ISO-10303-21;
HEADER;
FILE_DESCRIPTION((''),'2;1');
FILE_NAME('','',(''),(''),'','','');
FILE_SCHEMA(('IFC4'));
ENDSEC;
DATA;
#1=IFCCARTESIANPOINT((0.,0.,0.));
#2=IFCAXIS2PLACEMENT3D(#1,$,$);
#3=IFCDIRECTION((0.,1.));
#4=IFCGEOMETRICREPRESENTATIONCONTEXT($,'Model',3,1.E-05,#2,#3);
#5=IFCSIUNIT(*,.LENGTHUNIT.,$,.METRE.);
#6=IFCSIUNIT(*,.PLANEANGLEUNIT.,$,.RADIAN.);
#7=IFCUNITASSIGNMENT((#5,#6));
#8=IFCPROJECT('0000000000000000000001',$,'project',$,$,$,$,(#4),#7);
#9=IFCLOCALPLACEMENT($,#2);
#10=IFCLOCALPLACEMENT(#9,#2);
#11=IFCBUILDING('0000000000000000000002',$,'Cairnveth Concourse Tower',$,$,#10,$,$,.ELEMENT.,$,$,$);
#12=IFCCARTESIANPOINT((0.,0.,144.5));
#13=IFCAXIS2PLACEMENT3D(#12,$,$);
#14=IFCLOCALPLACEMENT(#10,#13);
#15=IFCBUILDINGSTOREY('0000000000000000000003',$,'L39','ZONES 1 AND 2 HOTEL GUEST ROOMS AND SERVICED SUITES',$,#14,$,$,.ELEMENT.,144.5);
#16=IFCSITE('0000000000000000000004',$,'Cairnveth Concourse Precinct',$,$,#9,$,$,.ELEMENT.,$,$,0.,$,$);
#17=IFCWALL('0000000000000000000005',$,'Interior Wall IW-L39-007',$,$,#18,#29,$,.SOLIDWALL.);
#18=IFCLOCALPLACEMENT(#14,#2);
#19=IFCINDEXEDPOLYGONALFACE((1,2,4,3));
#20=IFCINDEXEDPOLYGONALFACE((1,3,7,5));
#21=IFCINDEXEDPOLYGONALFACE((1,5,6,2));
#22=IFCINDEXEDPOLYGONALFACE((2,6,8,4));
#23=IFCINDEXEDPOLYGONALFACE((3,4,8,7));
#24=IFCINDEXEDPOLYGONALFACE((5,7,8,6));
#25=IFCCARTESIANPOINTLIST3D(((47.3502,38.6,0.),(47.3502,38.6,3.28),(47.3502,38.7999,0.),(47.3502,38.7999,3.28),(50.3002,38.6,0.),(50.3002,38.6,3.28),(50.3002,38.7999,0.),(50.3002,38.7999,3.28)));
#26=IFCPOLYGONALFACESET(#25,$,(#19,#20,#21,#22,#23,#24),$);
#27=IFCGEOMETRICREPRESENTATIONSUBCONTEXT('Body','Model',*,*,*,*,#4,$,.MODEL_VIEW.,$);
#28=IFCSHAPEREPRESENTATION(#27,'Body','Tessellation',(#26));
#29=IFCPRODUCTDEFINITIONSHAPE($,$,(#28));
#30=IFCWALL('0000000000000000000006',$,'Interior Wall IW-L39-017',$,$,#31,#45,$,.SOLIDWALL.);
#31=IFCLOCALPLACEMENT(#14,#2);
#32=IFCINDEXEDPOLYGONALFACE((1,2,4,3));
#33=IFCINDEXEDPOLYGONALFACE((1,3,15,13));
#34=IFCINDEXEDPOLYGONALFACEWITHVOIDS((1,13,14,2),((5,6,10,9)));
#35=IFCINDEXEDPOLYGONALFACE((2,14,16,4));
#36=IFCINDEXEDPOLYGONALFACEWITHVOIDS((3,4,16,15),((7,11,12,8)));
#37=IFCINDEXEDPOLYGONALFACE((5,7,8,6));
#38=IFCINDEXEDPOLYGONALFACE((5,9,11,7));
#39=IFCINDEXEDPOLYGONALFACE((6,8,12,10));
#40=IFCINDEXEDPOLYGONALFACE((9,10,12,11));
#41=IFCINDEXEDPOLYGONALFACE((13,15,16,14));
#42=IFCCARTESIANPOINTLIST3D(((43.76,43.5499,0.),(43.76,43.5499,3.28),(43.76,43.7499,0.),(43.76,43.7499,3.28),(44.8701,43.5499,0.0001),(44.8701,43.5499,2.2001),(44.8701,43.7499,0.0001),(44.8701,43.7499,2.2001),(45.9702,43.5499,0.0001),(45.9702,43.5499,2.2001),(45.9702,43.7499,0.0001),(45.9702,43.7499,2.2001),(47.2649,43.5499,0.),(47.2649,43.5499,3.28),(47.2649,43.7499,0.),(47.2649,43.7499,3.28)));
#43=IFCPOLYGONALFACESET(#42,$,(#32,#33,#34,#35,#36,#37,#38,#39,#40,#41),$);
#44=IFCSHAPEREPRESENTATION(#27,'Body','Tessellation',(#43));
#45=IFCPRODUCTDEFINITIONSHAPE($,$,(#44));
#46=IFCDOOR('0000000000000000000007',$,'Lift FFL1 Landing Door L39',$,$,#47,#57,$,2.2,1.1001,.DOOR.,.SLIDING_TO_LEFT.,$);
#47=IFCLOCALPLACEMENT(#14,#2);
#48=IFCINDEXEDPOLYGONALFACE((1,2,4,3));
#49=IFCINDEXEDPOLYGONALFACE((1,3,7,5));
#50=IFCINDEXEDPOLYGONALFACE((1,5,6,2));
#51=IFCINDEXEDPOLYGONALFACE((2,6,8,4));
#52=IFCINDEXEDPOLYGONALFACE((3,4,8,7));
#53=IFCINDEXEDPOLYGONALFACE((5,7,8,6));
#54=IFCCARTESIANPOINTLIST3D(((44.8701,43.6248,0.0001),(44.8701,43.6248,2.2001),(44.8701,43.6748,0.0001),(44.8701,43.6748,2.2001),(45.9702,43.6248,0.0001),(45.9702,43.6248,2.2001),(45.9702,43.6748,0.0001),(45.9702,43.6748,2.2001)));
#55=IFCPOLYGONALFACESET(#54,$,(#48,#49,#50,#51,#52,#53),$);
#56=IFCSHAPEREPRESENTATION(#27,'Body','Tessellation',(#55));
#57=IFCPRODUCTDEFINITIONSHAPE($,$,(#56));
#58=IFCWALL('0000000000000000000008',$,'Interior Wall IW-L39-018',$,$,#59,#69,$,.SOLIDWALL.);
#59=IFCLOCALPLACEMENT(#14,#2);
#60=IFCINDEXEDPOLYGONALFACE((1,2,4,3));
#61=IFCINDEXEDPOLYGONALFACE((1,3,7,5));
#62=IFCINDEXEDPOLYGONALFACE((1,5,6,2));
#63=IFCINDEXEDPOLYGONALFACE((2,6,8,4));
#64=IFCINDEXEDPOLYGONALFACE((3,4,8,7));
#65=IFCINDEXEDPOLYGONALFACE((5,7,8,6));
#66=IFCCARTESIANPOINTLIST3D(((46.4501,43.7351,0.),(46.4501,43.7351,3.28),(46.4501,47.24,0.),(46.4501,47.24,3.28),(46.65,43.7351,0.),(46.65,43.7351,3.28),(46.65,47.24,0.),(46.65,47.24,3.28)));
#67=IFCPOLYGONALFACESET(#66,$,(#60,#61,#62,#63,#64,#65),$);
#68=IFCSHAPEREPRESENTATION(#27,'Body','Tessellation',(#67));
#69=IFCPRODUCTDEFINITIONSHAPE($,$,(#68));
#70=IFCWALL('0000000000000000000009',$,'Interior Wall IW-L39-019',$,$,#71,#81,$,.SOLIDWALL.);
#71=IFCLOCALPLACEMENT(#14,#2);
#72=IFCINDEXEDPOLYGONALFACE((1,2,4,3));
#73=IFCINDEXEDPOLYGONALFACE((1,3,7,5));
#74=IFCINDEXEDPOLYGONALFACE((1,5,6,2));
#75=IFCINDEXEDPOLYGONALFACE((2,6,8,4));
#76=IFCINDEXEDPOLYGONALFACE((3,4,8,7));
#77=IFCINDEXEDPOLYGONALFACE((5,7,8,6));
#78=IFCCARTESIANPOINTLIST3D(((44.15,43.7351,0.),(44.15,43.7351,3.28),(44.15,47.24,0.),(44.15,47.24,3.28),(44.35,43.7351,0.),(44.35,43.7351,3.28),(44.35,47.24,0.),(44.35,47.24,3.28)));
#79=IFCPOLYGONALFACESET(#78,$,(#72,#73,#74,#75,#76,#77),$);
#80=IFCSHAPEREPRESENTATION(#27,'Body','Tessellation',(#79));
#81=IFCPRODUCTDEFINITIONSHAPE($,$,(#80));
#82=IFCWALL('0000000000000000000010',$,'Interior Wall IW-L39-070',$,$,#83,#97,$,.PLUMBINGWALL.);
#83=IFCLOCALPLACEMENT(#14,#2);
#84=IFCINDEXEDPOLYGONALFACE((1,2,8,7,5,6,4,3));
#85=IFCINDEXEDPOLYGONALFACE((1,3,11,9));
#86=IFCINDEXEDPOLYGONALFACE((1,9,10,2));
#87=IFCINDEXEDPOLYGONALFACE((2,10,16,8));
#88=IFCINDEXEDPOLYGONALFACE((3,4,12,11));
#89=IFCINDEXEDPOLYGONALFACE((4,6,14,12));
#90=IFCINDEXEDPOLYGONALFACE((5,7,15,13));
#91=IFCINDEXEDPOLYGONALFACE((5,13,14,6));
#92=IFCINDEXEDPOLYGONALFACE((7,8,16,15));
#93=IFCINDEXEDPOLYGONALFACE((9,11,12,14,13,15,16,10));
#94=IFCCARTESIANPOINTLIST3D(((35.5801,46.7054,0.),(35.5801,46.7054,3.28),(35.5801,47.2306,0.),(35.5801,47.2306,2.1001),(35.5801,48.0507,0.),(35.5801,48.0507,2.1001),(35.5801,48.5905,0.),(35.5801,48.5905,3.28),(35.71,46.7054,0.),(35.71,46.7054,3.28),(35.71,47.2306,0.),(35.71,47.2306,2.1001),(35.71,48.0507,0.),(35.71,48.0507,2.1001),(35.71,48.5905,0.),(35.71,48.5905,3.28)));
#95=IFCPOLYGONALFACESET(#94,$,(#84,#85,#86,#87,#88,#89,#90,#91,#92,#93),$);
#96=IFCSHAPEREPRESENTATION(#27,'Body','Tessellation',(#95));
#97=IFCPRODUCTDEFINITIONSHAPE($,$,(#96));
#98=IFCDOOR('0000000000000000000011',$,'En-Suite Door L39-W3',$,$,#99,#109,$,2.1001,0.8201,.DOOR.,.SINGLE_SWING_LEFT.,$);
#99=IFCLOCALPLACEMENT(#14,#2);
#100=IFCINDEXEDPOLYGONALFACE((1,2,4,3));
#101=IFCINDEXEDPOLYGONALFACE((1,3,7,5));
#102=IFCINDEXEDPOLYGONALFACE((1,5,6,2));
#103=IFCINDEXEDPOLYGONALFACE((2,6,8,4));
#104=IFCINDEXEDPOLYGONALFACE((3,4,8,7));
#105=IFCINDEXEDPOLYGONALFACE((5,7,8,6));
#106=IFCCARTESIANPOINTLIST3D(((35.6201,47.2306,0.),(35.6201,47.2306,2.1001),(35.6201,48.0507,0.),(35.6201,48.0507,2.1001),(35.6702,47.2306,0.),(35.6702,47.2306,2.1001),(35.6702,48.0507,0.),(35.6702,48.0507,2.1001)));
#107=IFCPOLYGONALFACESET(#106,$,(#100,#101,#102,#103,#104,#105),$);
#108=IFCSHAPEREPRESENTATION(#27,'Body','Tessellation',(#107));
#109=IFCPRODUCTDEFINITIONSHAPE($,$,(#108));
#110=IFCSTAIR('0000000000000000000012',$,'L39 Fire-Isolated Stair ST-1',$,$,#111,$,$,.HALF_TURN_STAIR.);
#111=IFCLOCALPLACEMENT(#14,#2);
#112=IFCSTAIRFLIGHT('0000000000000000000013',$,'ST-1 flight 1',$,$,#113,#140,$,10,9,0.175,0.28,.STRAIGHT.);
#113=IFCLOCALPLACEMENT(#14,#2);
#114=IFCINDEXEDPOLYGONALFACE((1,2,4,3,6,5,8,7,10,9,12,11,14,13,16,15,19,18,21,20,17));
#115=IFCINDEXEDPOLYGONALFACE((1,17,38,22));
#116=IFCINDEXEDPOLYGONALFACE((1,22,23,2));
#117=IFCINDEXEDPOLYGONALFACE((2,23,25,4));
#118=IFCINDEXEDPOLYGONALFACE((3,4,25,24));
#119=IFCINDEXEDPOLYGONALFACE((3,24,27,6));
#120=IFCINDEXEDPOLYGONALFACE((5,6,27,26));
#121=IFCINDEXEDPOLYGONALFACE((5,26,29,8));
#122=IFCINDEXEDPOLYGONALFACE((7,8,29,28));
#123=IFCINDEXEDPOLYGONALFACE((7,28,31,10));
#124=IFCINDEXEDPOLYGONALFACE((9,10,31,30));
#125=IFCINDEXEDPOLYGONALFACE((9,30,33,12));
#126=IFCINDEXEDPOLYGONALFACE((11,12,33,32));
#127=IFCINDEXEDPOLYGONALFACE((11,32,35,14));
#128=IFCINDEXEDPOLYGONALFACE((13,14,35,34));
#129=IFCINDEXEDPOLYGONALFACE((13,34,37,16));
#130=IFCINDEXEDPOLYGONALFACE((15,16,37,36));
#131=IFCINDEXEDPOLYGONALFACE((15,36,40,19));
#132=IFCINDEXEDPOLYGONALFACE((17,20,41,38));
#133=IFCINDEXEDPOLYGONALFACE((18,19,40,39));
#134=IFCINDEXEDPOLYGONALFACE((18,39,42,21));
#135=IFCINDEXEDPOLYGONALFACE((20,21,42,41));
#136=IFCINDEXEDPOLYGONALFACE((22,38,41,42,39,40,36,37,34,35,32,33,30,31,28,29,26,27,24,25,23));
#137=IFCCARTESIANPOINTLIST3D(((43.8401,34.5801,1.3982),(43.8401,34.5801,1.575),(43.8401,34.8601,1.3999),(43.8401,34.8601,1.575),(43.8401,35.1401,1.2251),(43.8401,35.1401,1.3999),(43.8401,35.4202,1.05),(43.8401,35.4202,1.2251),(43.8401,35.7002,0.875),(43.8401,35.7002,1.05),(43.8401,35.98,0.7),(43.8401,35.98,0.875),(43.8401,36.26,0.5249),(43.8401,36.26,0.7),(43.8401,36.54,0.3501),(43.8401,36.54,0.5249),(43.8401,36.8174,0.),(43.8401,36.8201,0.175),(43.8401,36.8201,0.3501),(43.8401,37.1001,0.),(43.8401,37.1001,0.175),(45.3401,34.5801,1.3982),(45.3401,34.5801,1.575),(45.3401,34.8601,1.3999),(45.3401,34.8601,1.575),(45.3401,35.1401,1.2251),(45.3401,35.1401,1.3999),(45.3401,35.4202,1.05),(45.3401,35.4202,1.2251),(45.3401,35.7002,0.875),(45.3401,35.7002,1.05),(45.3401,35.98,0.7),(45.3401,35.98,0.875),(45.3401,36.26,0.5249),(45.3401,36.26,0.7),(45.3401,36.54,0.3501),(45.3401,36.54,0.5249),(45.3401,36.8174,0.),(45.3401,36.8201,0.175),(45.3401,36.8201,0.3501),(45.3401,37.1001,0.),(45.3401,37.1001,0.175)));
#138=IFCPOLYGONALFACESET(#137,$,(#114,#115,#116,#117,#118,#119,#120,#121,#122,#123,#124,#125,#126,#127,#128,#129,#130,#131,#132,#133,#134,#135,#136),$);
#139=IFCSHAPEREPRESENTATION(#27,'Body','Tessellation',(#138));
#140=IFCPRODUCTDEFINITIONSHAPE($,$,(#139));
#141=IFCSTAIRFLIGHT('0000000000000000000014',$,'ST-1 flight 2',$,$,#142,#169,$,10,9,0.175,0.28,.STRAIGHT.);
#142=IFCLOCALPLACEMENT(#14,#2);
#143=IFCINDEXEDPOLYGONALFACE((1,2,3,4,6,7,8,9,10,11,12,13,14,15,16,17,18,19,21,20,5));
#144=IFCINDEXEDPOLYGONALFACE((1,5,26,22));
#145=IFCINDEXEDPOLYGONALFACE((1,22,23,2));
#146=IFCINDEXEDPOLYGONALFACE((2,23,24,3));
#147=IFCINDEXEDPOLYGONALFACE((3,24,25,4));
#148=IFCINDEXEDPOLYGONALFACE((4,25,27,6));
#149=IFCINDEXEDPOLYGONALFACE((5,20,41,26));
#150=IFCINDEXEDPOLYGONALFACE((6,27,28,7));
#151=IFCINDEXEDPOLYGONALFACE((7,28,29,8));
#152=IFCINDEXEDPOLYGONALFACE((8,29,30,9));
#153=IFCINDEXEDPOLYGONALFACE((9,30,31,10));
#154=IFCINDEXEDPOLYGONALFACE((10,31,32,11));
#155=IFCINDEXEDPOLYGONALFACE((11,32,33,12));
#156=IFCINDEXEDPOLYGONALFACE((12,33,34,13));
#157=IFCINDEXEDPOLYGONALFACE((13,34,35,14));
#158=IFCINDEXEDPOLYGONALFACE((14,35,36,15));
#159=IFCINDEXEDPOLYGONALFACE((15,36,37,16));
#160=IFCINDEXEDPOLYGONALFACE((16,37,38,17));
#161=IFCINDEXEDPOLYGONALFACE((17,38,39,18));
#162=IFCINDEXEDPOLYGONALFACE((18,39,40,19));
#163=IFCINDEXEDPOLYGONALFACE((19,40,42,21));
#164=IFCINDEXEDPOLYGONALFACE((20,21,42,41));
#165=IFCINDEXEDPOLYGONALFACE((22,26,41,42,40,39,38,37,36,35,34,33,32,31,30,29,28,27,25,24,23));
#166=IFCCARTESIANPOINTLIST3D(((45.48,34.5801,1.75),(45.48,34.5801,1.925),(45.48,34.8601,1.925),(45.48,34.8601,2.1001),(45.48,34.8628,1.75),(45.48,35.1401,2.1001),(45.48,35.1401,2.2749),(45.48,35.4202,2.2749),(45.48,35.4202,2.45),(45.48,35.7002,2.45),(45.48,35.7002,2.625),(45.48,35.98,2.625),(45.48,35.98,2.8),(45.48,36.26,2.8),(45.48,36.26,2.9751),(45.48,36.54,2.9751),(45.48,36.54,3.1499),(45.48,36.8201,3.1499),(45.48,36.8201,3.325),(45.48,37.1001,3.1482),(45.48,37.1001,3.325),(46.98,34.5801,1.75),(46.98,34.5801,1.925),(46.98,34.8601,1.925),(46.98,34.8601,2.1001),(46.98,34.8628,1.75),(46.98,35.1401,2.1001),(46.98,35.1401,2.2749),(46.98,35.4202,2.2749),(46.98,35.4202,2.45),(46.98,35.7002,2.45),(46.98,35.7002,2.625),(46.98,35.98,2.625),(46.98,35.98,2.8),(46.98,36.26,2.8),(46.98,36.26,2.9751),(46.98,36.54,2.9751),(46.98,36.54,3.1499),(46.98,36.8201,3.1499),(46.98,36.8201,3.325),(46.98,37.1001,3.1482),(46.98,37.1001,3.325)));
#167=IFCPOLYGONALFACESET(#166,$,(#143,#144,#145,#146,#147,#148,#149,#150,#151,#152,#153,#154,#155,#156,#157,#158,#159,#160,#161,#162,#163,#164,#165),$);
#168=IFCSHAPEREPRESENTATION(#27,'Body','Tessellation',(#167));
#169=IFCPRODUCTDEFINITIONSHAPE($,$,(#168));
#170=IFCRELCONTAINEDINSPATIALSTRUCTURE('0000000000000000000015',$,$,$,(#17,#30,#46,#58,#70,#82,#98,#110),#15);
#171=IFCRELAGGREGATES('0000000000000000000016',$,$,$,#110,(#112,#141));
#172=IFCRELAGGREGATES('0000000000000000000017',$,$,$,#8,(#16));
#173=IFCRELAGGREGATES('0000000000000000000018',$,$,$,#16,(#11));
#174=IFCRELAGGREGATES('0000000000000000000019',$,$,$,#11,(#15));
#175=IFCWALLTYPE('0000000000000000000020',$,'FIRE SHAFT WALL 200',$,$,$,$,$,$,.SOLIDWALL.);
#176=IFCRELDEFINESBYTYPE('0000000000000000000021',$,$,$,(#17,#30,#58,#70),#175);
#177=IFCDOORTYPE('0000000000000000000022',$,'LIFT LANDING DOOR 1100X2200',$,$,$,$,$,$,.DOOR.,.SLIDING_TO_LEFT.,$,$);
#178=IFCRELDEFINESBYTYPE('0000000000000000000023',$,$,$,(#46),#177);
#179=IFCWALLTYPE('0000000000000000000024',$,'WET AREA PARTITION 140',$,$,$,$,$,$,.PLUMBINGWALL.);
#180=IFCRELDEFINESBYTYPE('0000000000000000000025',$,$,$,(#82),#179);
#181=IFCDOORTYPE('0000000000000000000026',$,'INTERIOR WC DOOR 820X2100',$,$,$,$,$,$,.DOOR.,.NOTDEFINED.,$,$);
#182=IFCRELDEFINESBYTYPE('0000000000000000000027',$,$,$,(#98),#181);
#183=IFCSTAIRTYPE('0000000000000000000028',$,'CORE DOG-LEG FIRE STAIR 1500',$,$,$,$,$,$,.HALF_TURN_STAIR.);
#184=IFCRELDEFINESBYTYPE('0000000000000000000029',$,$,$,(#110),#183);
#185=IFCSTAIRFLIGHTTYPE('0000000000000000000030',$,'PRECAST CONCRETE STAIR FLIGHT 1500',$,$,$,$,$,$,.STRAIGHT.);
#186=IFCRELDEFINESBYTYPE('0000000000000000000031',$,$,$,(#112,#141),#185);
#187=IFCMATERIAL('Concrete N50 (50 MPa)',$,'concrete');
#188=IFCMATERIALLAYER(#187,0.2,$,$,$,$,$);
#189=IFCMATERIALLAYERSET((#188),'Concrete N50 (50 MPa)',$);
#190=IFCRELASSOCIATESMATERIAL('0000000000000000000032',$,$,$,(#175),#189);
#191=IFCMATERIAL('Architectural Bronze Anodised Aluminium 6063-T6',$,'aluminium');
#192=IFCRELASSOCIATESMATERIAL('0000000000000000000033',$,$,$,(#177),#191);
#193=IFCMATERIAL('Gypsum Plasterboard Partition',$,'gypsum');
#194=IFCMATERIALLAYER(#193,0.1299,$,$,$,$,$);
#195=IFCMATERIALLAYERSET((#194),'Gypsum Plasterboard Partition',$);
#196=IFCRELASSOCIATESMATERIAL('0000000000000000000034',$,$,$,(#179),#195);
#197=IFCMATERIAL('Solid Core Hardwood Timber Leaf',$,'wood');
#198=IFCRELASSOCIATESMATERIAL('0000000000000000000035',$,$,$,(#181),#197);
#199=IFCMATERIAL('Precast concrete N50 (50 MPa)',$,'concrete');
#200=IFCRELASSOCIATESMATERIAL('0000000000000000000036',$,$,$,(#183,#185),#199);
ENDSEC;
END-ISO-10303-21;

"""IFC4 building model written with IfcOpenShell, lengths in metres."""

from ifc_helpers import new_model, si_unit, direction, frame, frame_2d, origin, place, context, subcontext, project, spatial, polyline, rectangle, outline, extrude, material, layer, layer_set, type_object, element, fill, aggregate, save


model = new_model("IFC4")

# Units and contexts
model_context = context("Model", 3, precision=1e-05, world=origin(), true_north=direction((0.0, 1.0)))
body_context = subcontext(model_context, "Body", "Model", "MODEL_VIEW")
ifc_project = project(units=[si_unit("LENGTHUNIT", "METRE"), si_unit("PLANEANGLEUNIT", "RADIAN")], contexts=[model_context])

# Site, building, storey
site_placement = place(None, origin())
site = spatial("IfcSite", under=ifc_project, at=site_placement, Name="Cairnveth Concourse Precinct", CompositionType="ELEMENT", RefElevation=0.0)
building_placement = place(site_placement, origin())
building = spatial("IfcBuilding", under=site, at=building_placement, Name="Cairnveth Concourse Tower", CompositionType="ELEMENT")
storey_placement = place(building_placement, frame((0.0, 0.0, 144.5)))
storey = spatial("IfcBuildingStorey", under=building, at=storey_placement, Name="L39", Description="ZONES 1 AND 2 HOTEL GUEST ROOMS AND SERVICED SUITES", CompositionType="ELEMENT", Elevation=144.5)

# Shared definitions
ifc_material_1 = material(Name="Gypsum Plasterboard Partition", Category="gypsum")

# Shared definitions
ifc_material_2 = material(Name="Concrete N50 (50 MPa)", Category="concrete")

# Wall
ifc_layer_1 = layer(ifc_material_2, 0.2)
ifc_layer_set_1 = layer_set([ifc_layer_1], Name="Concrete N50 (50 MPa)")
wall_type_1 = type_object("IfcWallType", Name="FIRE SHAFT WALL 200", PredefinedType="SOLIDWALL", material=ifc_layer_set_1)
wall_1_placement = place(storey_placement, frame((47.3501, 38.7, 0.0), z_axis=(0.0, 0.0, 1.0), x_axis=(1.0, 0.0, 0.0)))
element("IfcWall", 1, at=wall_1_placement, inside=storey, type_object=wall_type_1, Name="Interior Wall IW-L39-007", PredefinedType="SOLIDWALL", context=body_context, shape_type="SweptSolid", body=[
    extrude(rectangle(XDim=2.95, YDim=0.2, at=frame_2d((1.4751, 0.0))), origin(), (0.0, 0.0, 1.0), 3.28),
])

# Wall, opening, door
wall_2_placement = place(storey_placement, frame((43.76, 43.6499, 0.0), z_axis=(0.0, 0.0, 1.0), x_axis=(1.0, 0.0, 0.0)))
wall_2 = element("IfcWall", 2, at=wall_2_placement, inside=storey, type_object=wall_type_1, Name="Interior Wall IW-L39-017", PredefinedType="SOLIDWALL", context=body_context, shape_type="SweptSolid", body=[
    extrude(rectangle(XDim=3.5049, YDim=0.2, at=frame_2d((1.7524, 0.0))), origin(), (0.0, 0.0, 1.0), 3.28),
])
opening_1_placement = place(wall_2_placement, frame((1.1101, 0.0, 0.0)))
opening_1 = element("IfcOpeningElement", 3, at=opening_1_placement, cuts=wall_2, PredefinedType="OPENING", context=body_context, shape_type="SweptSolid", body=[
    extrude(rectangle(XDim=1.1001, YDim=2.2, at=frame_2d((0.55, 1.1001))), frame((0.0, 0.1099, 0.0), z_axis=(0.0, -1.0, 0.0), x_axis=(1.0, 0.0, 0.0)), (0.0, 0.0, 1.0), 0.22),
])
ifc_material_3 = material(Name="Architectural Bronze Anodised Aluminium 6063-T6", Category="aluminium")
door_type_1 = type_object("IfcDoorType", Name="LIFT LANDING DOOR 1100X2200", OperationType="SLIDING_TO_LEFT", PredefinedType="DOOR", material=ifc_material_3)
door_1_placement = place(opening_1_placement, origin())
door_1 = element("IfcDoor", 4, at=door_1_placement, inside=storey, type_object=door_type_1, Name="Lift FFL1 Landing Door L39", OperationType="SLIDING_TO_LEFT", OverallHeight=2.2, OverallWidth=1.1001, PredefinedType="DOOR", context=body_context, shape_type="SweptSolid", body=[
    extrude(rectangle(XDim=1.1001, YDim=2.2, at=frame_2d((0.55, 1.1001))), frame((0.0, 0.0249, 0.0), z_axis=(0.0, -1.0, 0.0), x_axis=(1.0, 0.0, 0.0)), (0.0, 0.0, 1.0), 0.05),
])
fill(opening_1, door_1)

# Walls
for number, where, z_axis, x_axis, name in (
    (5, (46.55, 43.7351, 0.0), (0.0, 0.0, 1.0), (0.0, 1.0, 0.0), "Interior Wall IW-L39-018"),
    (6, (44.25, 43.7351, 0.0), (0.0, 0.0, 1.0), (0.0, 1.0, 0.0), "Interior Wall IW-L39-019"),
):
    element("IfcWall", number, at=place(storey_placement, frame(where, z_axis=z_axis, x_axis=x_axis)), inside=storey, type_object=wall_type_1, Name=name, PredefinedType="SOLIDWALL", context=body_context, shape_type="SweptSolid", body=[
        extrude(rectangle(XDim=3.5049, YDim=0.2, at=frame_2d((1.7524, 0.0))), origin(), (0.0, 0.0, 1.0), 3.28),
    ])

# Wall, opening, door
ifc_layer_2 = layer(ifc_material_1, 0.1299)
ifc_layer_set_2 = layer_set([ifc_layer_2], Name="Gypsum Plasterboard Partition")
wall_type_2 = type_object("IfcWallType", Name="WET AREA PARTITION 140", PredefinedType="PLUMBINGWALL", material=ifc_layer_set_2)
wall_3_placement = place(storey_placement, frame((35.645, 46.7056, 0.0), z_axis=(0.0, 0.0, 1.0), x_axis=(0.0, 1.0, 0.0)))
wall_3 = element("IfcWall", 7, at=wall_3_placement, inside=storey, type_object=wall_type_2, Name="Interior Wall IW-L39-070", PredefinedType="PLUMBINGWALL", context=body_context, shape_type="SweptSolid", body=[
    extrude(rectangle(XDim=1.885, YDim=0.1299, at=frame_2d((0.9424, 0.0))), origin(), (0.0, 0.0, 1.0), 3.28),
])
opening_2_placement = place(wall_3_placement, frame((0.5249, 0.0, 0.0)))
opening_2 = element("IfcOpeningElement", 8, at=opening_2_placement, cuts=wall_3, PredefinedType="OPENING", context=body_context, shape_type="SweptSolid", body=[
    extrude(rectangle(XDim=0.8201, YDim=2.1001, at=frame_2d((0.4102, 1.05))), frame((0.0, 0.075, 0.0), z_axis=(0.0, -1.0, 0.0), x_axis=(1.0, 0.0, 0.0)), (0.0, 0.0, 1.0), 0.1499),
])
ifc_material_4 = material(Name="Solid Core Hardwood Timber Leaf", Category="wood")
door_type_2 = type_object("IfcDoorType", Name="INTERIOR WC DOOR 820X2100", OperationType="NOTDEFINED", PredefinedType="DOOR", material=ifc_material_4)
door_2_placement = place(opening_2_placement, origin())
door_2 = element("IfcDoor", 9, at=door_2_placement, inside=storey, type_object=door_type_2, Name="En-Suite Door L39-W3", OperationType="SINGLE_SWING_LEFT", OverallHeight=2.1001, OverallWidth=0.8201, PredefinedType="DOOR", context=body_context, shape_type="SweptSolid", body=[
    extrude(rectangle(XDim=0.8201, YDim=2.1001, at=frame_2d((0.4102, 1.05))), frame((0.0, 0.0249, 0.0), z_axis=(0.0, -1.0, 0.0), x_axis=(1.0, 0.0, 0.0)), (0.0, 0.0, 1.0), 0.05),
])
fill(opening_2, door_2)

# Stair, stair flights
ifc_material_5 = material(Name="Precast concrete N50 (50 MPa)", Category="concrete")
stair_type = type_object("IfcStairType", Name="CORE DOG-LEG FIRE STAIR 1500", PredefinedType="HALF_TURN_STAIR", material=ifc_material_5)
stair_placement = place(storey_placement, origin())
stair = element("IfcStair", 10, at=stair_placement, inside=storey, type_object=stair_type, Name="L39 Fire-Isolated Stair ST-1", PredefinedType="HALF_TURN_STAIR")
stair_flight_type = type_object("IfcStairFlightType", Name="PRECAST CONCRETE STAIR FLIGHT 1500", PredefinedType="STRAIGHT", material=ifc_material_5)
stair_flight_1_placement = place(storey_placement, frame((44.5901, 37.1001, 0.0), z_axis=(0.0, 0.0, 1.0), x_axis=(0.0, -1.0, 0.0)))
stair_flight_1 = element("IfcStairFlight", 11, at=stair_flight_1_placement, type_object=stair_flight_type, Name="ST-1 flight 1", NumberOfRisers=10, NumberOfTreads=9, PredefinedType="STRAIGHT", RiserHeight=0.175, TreadLength=0.28, context=body_context, shape_type="SweptSolid", body=[
    extrude(outline(polyline([(0.0, 0.0), (0.0, 0.175), (0.28, 0.175), (0.28, 0.3501), (0.5601, 0.3501), (0.5601, 0.5249), (0.8401, 0.5249), (0.8401, 0.7), (1.1201, 0.7), (1.1201, 0.875), (1.3999, 0.875), (1.3999, 1.05), (1.6799, 1.05), (1.6799, 1.2251), (1.96, 1.2251), (1.96, 1.3999), (2.24, 1.3999), (2.24, 1.575), (2.52, 1.575), (2.52, 1.75), (2.52, 1.3982), (0.2827, 0.0), (0.0, 0.0)])), frame((0.0, 0.75, 0.0), z_axis=(0.0, -1.0, 0.0), x_axis=(1.0, 0.0, 0.0)), (0.0, 0.0, 1.0), 1.5),
])
stair_flight_2_placement = place(storey_placement, frame((46.23, 34.5801, 1.75), z_axis=(0.0, 0.0, 1.0), x_axis=(0.0, 1.0, 0.0)))
stair_flight_2 = element("IfcStairFlight", 12, at=stair_flight_2_placement, type_object=stair_flight_type, Name="ST-1 flight 2", NumberOfRisers=10, NumberOfTreads=9, PredefinedType="STRAIGHT", RiserHeight=0.175, TreadLength=0.28, context=body_context, shape_type="SweptSolid", body=[
    extrude(outline(polyline([(0.0, 0.0), (0.0, 0.175), (0.28, 0.175), (0.28, 0.3501), (0.5601, 0.3501), (0.5601, 0.5249), (0.8401, 0.5249), (0.8401, 0.7), (1.1201, 0.7), (1.1201, 0.875), (1.3999, 0.875), (1.3999, 1.05), (1.6799, 1.05), (1.6799, 1.2251), (1.96, 1.2251), (1.96, 1.3999), (2.24, 1.3999), (2.24, 1.575), (2.52, 1.575), (2.52, 1.75), (2.52, 1.3982), (0.2827, 0.0), (0.0, 0.0)])), frame((0.0, 0.75, 0.0), z_axis=(0.0, -1.0, 0.0), x_axis=(1.0, 0.0, 0.0)), (0.0, 0.0, 1.0), 1.5),
])
aggregate(stair, [stair_flight_1, stair_flight_2])

save(model, "model.ifc")
